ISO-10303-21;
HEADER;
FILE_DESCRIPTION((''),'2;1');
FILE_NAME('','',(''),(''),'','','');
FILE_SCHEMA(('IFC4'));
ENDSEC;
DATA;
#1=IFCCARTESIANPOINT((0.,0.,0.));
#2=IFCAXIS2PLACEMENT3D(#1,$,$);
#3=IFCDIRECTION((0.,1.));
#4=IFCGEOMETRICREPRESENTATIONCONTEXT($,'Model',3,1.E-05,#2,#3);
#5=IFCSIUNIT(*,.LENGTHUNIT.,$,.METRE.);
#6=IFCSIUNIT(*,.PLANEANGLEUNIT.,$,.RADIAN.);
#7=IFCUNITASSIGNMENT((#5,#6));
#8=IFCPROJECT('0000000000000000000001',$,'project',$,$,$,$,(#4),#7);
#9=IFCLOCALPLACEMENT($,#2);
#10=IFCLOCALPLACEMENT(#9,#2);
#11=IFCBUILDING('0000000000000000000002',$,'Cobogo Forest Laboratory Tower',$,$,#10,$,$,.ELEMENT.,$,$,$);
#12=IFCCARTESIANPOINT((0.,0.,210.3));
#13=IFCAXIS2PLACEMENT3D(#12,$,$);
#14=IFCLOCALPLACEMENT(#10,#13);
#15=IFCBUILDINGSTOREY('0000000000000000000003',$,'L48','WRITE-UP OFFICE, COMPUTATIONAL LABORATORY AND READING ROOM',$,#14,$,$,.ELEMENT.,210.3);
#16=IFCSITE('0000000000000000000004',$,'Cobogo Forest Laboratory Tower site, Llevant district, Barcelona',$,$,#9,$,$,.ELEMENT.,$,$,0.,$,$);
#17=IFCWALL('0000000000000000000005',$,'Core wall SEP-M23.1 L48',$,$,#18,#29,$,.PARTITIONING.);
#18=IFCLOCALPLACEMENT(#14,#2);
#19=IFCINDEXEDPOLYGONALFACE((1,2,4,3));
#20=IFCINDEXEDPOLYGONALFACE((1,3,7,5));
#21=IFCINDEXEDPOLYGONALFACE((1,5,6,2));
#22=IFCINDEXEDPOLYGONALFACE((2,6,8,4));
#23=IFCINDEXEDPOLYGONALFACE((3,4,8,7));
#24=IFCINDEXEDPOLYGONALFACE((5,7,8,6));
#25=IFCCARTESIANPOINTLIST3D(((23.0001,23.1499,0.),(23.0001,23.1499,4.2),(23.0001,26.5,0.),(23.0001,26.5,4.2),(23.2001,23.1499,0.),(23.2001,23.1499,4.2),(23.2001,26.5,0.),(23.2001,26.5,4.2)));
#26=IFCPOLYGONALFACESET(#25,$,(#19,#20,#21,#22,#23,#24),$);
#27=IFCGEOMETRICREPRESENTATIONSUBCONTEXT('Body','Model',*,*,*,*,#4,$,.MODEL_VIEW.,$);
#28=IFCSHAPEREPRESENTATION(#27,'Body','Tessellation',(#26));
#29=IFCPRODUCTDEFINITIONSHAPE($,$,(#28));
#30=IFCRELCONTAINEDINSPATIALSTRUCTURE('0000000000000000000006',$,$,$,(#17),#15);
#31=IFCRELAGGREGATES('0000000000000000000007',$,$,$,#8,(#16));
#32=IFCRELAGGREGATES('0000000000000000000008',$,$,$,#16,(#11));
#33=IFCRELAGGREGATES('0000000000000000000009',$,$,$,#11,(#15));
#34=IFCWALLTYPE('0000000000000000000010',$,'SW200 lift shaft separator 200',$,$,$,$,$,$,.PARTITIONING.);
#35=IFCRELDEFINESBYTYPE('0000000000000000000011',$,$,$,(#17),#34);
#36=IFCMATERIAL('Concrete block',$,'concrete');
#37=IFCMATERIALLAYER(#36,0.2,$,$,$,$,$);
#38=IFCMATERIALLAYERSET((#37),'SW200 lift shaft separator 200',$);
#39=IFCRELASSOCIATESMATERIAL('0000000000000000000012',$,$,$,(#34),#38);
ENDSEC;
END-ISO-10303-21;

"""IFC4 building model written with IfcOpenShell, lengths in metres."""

from ifc_helpers import new_model, si_unit, direction, frame, frame_2d, origin, place, context, subcontext, project, spatial, rectangle, extrude, material, layer, layer_set, type_object, element, save


model = new_model("IFC4")

# Units and contexts
model_context = context("Model", 3, precision=1e-05, world=origin(), true_north=direction((0.0, 1.0)))
body_context = subcontext(model_context, "Body", "Model", "MODEL_VIEW")
ifc_project = project(units=[si_unit("LENGTHUNIT", "METRE"), si_unit("PLANEANGLEUNIT", "RADIAN")], contexts=[model_context])

# Site, building, storey
site_placement = place(None, origin())
site = spatial("IfcSite", under=ifc_project, at=site_placement, Name="Cobogo Forest Laboratory Tower site, Llevant district, Barcelona", CompositionType="ELEMENT", RefElevation=0.0)
building_placement = place(site_placement, origin())
building = spatial("IfcBuilding", under=site, at=building_placement, Name="Cobogo Forest Laboratory Tower", CompositionType="ELEMENT")
storey_placement = place(building_placement, frame((0.0, 0.0, 210.3)))
storey = spatial("IfcBuildingStorey", under=building, at=storey_placement, Name="L48", Description="WRITE-UP OFFICE, COMPUTATIONAL LABORATORY AND READING ROOM", CompositionType="ELEMENT", Elevation=210.3)

# Wall
ifc_material_1 = material(Name="Concrete block", Category="concrete")
ifc_layer_1 = layer(ifc_material_1, 0.2)
ifc_layer_set_1 = layer_set([ifc_layer_1], Name="SW200 lift shaft separator 200")
wall_type_1 = type_object("IfcWallType", Name="SW200 lift shaft separator 200", PredefinedType="PARTITIONING", material=ifc_layer_set_1)
for number, where, z_axis, x_axis, name in (
    (1, (23.1001, 23.1499, 0.0), (0.0, 0.0, 1.0), (0.0, 1.0, 0.0), "Core wall SEP-M23.1 L48"),
):
    element("IfcWall", number, at=place(storey_placement, frame(where, z_axis=z_axis, x_axis=x_axis)), inside=storey, type_object=wall_type_1, Name=name, PredefinedType="PARTITIONING", context=body_context, shape_type="SweptSolid", body=[
        extrude(rectangle(XDim=3.3501, YDim=0.2, at=frame_2d((1.675, 0.0))), origin(), (0.0, 0.0, 1.0), 4.2),
    ])

save(model, "model.ifc")
